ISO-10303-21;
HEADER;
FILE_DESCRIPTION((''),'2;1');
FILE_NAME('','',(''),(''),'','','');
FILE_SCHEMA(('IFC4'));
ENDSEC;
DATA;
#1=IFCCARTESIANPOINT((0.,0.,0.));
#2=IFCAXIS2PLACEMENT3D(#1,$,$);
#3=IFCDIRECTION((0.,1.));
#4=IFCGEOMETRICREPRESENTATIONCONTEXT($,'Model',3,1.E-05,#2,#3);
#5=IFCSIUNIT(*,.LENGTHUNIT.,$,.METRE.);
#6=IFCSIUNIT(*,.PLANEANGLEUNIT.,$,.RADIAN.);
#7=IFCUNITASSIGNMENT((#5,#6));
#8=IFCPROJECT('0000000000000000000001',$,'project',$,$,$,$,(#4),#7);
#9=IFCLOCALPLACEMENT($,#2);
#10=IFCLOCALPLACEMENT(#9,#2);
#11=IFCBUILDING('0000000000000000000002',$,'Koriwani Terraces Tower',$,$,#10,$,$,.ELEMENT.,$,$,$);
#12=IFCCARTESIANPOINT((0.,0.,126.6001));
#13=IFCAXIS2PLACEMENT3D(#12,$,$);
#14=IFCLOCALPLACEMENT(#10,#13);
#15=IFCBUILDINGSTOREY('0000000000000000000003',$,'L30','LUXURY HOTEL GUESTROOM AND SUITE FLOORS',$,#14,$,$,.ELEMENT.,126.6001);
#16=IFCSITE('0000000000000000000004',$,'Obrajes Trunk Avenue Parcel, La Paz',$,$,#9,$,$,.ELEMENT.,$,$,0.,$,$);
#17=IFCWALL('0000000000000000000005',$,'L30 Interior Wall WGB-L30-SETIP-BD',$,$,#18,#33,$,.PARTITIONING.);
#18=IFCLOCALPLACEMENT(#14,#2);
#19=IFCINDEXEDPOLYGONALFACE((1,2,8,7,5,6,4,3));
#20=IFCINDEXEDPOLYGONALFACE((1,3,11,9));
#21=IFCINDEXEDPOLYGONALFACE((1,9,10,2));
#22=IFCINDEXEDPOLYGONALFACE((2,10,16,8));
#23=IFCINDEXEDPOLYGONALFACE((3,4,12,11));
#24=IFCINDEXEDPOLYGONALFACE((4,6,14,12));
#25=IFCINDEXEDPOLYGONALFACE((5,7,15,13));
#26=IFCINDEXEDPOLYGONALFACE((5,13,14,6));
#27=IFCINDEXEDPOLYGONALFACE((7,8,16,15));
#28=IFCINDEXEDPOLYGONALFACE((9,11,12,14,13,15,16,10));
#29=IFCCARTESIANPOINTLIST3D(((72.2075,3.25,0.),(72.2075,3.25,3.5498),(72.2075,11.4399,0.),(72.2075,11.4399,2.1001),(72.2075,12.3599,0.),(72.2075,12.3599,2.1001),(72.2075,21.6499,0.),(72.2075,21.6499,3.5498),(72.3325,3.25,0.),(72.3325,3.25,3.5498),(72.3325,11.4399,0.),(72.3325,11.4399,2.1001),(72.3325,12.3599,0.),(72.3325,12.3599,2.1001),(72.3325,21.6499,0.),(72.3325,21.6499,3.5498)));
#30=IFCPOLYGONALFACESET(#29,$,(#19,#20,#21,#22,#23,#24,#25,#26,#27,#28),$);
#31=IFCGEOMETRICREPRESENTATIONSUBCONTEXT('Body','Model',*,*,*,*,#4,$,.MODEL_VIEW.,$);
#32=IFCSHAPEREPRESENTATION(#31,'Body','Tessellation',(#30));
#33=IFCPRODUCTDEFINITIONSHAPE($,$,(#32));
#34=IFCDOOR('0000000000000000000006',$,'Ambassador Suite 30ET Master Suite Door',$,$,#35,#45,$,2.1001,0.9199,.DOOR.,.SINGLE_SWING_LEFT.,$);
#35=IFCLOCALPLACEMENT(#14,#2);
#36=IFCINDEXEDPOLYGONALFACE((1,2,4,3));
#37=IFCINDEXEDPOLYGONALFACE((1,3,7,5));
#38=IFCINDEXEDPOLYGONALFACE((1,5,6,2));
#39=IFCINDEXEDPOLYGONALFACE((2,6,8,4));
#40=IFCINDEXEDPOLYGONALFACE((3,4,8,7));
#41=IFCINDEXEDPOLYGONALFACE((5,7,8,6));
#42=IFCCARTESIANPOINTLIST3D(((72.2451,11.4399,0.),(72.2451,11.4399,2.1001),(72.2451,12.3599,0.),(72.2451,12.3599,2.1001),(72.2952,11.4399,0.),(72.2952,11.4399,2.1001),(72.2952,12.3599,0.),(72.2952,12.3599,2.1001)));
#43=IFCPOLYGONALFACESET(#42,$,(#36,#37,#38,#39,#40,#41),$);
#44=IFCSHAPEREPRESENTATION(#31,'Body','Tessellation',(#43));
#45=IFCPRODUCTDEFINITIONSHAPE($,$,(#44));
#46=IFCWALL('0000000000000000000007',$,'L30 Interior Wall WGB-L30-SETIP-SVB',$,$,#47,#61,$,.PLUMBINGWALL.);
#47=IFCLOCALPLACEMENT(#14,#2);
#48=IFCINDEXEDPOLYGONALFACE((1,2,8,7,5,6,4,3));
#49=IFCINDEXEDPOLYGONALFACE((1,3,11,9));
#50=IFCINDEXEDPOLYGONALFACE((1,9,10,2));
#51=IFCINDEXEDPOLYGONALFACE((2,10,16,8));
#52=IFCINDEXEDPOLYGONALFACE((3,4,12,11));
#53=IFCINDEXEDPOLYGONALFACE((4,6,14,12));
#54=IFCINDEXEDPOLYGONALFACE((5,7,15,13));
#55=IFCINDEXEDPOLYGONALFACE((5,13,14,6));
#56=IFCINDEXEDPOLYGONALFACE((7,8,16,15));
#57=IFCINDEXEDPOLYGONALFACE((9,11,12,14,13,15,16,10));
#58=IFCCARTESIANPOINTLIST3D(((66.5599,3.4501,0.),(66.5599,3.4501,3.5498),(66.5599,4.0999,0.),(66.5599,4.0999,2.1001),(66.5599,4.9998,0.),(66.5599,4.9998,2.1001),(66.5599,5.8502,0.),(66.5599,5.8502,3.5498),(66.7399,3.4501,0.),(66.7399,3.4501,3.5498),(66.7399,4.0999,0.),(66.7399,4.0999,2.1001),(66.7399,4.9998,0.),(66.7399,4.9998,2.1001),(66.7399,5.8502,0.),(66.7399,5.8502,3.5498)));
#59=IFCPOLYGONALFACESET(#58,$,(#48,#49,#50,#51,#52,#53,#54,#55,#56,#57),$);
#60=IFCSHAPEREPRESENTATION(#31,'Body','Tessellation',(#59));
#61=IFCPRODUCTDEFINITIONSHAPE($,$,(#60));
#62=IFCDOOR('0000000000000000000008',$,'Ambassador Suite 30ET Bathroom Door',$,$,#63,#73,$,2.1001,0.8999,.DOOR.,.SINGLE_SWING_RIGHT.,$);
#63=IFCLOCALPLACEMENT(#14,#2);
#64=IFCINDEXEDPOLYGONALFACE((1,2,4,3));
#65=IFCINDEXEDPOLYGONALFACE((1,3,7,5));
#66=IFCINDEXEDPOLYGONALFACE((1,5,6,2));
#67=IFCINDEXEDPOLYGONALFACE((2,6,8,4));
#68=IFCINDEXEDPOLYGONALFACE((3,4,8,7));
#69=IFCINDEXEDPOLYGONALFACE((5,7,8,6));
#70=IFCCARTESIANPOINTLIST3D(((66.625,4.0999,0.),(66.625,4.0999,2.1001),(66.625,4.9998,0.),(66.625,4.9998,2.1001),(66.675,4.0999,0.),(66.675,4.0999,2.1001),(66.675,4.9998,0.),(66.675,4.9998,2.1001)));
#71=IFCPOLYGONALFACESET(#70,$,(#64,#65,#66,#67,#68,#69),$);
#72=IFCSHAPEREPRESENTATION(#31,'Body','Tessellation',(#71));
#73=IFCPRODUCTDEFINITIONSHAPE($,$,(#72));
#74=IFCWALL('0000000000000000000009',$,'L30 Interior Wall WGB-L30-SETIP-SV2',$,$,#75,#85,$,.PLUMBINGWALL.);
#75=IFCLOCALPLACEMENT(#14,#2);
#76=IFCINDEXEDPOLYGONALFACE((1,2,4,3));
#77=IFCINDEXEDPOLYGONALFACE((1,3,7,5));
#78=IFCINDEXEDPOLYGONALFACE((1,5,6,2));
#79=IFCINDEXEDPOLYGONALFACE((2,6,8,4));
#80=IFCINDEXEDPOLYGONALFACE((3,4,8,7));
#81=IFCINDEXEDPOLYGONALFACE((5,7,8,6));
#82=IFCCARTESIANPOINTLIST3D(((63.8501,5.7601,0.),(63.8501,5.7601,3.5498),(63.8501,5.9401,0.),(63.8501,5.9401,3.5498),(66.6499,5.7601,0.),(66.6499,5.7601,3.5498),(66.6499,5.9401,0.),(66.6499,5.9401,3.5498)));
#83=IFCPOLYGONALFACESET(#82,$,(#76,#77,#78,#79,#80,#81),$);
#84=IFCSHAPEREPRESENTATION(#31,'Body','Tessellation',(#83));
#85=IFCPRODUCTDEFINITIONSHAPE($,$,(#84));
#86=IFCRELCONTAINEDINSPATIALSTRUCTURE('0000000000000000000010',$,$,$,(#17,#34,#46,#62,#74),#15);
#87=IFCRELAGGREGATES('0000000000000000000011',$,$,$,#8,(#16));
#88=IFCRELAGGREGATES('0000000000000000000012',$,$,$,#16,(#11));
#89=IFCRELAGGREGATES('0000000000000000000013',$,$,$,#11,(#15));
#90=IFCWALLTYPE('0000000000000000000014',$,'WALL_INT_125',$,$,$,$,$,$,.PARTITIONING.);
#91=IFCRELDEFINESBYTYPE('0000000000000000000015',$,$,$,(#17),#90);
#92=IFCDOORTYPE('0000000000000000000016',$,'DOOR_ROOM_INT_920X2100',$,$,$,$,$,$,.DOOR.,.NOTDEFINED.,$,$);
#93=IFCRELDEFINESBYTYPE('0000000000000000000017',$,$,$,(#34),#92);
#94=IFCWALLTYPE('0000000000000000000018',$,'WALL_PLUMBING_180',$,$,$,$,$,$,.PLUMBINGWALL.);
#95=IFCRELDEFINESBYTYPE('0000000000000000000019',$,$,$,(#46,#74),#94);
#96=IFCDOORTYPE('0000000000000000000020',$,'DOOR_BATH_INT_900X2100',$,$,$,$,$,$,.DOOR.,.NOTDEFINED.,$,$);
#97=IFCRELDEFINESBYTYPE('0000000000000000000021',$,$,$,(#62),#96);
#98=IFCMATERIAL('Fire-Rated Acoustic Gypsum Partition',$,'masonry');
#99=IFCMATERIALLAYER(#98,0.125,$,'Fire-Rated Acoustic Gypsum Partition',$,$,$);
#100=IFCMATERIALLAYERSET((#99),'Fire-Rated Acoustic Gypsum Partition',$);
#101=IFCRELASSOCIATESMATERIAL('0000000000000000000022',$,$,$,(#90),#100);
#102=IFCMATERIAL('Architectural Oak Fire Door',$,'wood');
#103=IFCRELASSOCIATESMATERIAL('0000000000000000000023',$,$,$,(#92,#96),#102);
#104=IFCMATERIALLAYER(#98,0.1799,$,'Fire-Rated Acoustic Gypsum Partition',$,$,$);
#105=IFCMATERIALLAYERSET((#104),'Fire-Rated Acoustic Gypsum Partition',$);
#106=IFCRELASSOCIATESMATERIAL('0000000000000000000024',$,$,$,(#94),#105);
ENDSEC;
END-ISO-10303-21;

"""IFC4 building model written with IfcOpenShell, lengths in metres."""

from ifc_helpers import new_model, si_unit, direction, frame, frame_2d, origin, place, context, subcontext, project, spatial, rectangle, extrude, material, layer, layer_set, type_object, element, fill, save


model = new_model("IFC4")

# Units and contexts
model_context = context("Model", 3, precision=1e-05, world=origin(), true_north=direction((0.0, 1.0)))
body_context = subcontext(model_context, "Body", "Model", "MODEL_VIEW")
ifc_project = project(units=[si_unit("LENGTHUNIT", "METRE"), si_unit("PLANEANGLEUNIT", "RADIAN")], contexts=[model_context])

# Site, building, storey
site_placement = place(None, origin())
site = spatial("IfcSite", under=ifc_project, at=site_placement, Name="Obrajes Trunk Avenue Parcel, La Paz", CompositionType="ELEMENT", RefElevation=0.0)
building_placement = place(site_placement, origin())
building = spatial("IfcBuilding", under=site, at=building_placement, Name="Koriwani Terraces Tower", CompositionType="ELEMENT")
storey_placement = place(building_placement, frame((0.0, 0.0, 126.6001)))
storey = spatial("IfcBuildingStorey", under=building, at=storey_placement, Name="L30", Description="LUXURY HOTEL GUESTROOM AND SUITE FLOORS", CompositionType="ELEMENT", Elevation=126.6001)

# Shared definitions
ifc_material_1 = material(Name="Architectural Oak Fire Door", Category="wood")

# Walls, openings, doors
ifc_material_2 = material(Name="Fire-Rated Acoustic Gypsum Partition", Category="masonry")
ifc_layer_1 = layer(ifc_material_2, 0.125, Name="Fire-Rated Acoustic Gypsum Partition")
ifc_layer_set_1 = layer_set([ifc_layer_1], Name="Fire-Rated Acoustic Gypsum Partition")
wall_type_1 = type_object("IfcWallType", Name="WALL_INT_125", PredefinedType="PARTITIONING", material=ifc_layer_set_1)
wall_1_placement = place(storey_placement, frame((72.27, 3.25, 0.0), z_axis=(0.0, 0.0, 1.0), x_axis=(0.0, 1.0, 0.0)))
wall_1 = element("IfcWall", 1, at=wall_1_placement, inside=storey, type_object=wall_type_1, Name="L30 Interior Wall WGB-L30-SETIP-BD", PredefinedType="PARTITIONING", context=body_context, shape_type="SweptSolid", body=[
    extrude(rectangle(XDim=18.3999, YDim=0.125, at=frame_2d((9.2, 0.0))), origin(), (0.0, 0.0, 1.0), 3.5498),
])
opening_1_placement = place(wall_1_placement, frame((8.1899, 0.0, 0.0)))
opening_1 = element("IfcOpeningElement", 2, at=opening_1_placement, cuts=wall_1, PredefinedType="OPENING", context=body_context, shape_type="SweptSolid", body=[
    extrude(rectangle(XDim=0.9199, YDim=2.1001, at=frame_2d((0.46, 1.05))), frame((0.0, 0.0725, 0.0), z_axis=(0.0, -1.0, 0.0), x_axis=(1.0, 0.0, 0.0)), (0.0, 0.0, 1.0), 0.145),
])
door_type_1 = type_object("IfcDoorType", Name="DOOR_ROOM_INT_920X2100", OperationType="NOTDEFINED", PredefinedType="DOOR", material=ifc_material_1)
door_1_placement = place(opening_1_placement, origin())
door_1 = element("IfcDoor", 3, at=door_1_placement, inside=storey, type_object=door_type_1, Name="Ambassador Suite 30ET Master Suite Door", OperationType="SINGLE_SWING_LEFT", OverallHeight=2.1001, OverallWidth=0.9199, PredefinedType="DOOR", context=body_context, shape_type="SweptSolid", body=[
    extrude(rectangle(XDim=0.9199, YDim=2.1001, at=frame_2d((0.46, 1.05))), frame((0.0, 0.0249, 0.0), z_axis=(0.0, -1.0, 0.0), x_axis=(1.0, 0.0, 0.0)), (0.0, 0.0, 1.0), 0.05),
])
fill(opening_1, door_1)
ifc_layer_2 = layer(ifc_material_2, 0.1799, Name="Fire-Rated Acoustic Gypsum Partition")
ifc_layer_set_2 = layer_set([ifc_layer_2], Name="Fire-Rated Acoustic Gypsum Partition")
wall_type_2 = type_object("IfcWallType", Name="WALL_PLUMBING_180", PredefinedType="PLUMBINGWALL", material=ifc_layer_set_2)
wall_2_placement = place(storey_placement, frame((66.6499, 3.45, 0.0), z_axis=(0.0, 0.0, 1.0), x_axis=(0.0, 1.0, 0.0)))
wall_2 = element("IfcWall", 4, at=wall_2_placement, inside=storey, type_object=wall_type_2, Name="L30 Interior Wall WGB-L30-SETIP-SVB", PredefinedType="PLUMBINGWALL", context=body_context, shape_type="SweptSolid", body=[
    extrude(rectangle(XDim=2.4001, YDim=0.1799, at=frame_2d((1.2002, 0.0))), origin(), (0.0, 0.0, 1.0), 3.5498),
])
opening_2_placement = place(wall_2_placement, frame((0.6499, 0.0, 0.0)))
opening_2 = element("IfcOpeningElement", 5, at=opening_2_placement, cuts=wall_2, PredefinedType="OPENING", context=body_context, shape_type="SweptSolid", body=[
    extrude(rectangle(XDim=0.8999, YDim=2.1001, at=frame_2d((0.45, 1.05))), frame((0.0, 0.1001, 0.0), z_axis=(0.0, -1.0, 0.0), x_axis=(1.0, 0.0, 0.0)), (0.0, 0.0, 1.0), 0.2),
])
door_type_2 = type_object("IfcDoorType", Name="DOOR_BATH_INT_900X2100", OperationType="NOTDEFINED", PredefinedType="DOOR", material=ifc_material_1)
door_2_placement = place(opening_2_placement, origin())
door_2 = element("IfcDoor", 6, at=door_2_placement, inside=storey, type_object=door_type_2, Name="Ambassador Suite 30ET Bathroom Door", OperationType="SINGLE_SWING_RIGHT", OverallHeight=2.1001, OverallWidth=0.8999, PredefinedType="DOOR", context=body_context, shape_type="SweptSolid", body=[
    extrude(rectangle(XDim=0.8999, YDim=2.1001, at=frame_2d((0.45, 1.05))), frame((0.0, 0.0249, 0.0), z_axis=(0.0, -1.0, 0.0), x_axis=(1.0, 0.0, 0.0)), (0.0, 0.0, 1.0), 0.05),
])
fill(opening_2, door_2)

# Wall
wall_3_placement = place(storey_placement, frame((63.8501, 5.8501, 0.0), z_axis=(0.0, 0.0, 1.0), x_axis=(1.0, 0.0, 0.0)))
element("IfcWall", 7, at=wall_3_placement, inside=storey, type_object=wall_type_2, Name="L30 Interior Wall WGB-L30-SETIP-SV2", PredefinedType="PLUMBINGWALL", context=body_context, shape_type="SweptSolid", body=[
    extrude(rectangle(XDim=2.7998, YDim=0.1799, at=frame_2d((1.3999, 0.0))), origin(), (0.0, 0.0, 1.0), 3.5498),
])

save(model, "model.ifc")
